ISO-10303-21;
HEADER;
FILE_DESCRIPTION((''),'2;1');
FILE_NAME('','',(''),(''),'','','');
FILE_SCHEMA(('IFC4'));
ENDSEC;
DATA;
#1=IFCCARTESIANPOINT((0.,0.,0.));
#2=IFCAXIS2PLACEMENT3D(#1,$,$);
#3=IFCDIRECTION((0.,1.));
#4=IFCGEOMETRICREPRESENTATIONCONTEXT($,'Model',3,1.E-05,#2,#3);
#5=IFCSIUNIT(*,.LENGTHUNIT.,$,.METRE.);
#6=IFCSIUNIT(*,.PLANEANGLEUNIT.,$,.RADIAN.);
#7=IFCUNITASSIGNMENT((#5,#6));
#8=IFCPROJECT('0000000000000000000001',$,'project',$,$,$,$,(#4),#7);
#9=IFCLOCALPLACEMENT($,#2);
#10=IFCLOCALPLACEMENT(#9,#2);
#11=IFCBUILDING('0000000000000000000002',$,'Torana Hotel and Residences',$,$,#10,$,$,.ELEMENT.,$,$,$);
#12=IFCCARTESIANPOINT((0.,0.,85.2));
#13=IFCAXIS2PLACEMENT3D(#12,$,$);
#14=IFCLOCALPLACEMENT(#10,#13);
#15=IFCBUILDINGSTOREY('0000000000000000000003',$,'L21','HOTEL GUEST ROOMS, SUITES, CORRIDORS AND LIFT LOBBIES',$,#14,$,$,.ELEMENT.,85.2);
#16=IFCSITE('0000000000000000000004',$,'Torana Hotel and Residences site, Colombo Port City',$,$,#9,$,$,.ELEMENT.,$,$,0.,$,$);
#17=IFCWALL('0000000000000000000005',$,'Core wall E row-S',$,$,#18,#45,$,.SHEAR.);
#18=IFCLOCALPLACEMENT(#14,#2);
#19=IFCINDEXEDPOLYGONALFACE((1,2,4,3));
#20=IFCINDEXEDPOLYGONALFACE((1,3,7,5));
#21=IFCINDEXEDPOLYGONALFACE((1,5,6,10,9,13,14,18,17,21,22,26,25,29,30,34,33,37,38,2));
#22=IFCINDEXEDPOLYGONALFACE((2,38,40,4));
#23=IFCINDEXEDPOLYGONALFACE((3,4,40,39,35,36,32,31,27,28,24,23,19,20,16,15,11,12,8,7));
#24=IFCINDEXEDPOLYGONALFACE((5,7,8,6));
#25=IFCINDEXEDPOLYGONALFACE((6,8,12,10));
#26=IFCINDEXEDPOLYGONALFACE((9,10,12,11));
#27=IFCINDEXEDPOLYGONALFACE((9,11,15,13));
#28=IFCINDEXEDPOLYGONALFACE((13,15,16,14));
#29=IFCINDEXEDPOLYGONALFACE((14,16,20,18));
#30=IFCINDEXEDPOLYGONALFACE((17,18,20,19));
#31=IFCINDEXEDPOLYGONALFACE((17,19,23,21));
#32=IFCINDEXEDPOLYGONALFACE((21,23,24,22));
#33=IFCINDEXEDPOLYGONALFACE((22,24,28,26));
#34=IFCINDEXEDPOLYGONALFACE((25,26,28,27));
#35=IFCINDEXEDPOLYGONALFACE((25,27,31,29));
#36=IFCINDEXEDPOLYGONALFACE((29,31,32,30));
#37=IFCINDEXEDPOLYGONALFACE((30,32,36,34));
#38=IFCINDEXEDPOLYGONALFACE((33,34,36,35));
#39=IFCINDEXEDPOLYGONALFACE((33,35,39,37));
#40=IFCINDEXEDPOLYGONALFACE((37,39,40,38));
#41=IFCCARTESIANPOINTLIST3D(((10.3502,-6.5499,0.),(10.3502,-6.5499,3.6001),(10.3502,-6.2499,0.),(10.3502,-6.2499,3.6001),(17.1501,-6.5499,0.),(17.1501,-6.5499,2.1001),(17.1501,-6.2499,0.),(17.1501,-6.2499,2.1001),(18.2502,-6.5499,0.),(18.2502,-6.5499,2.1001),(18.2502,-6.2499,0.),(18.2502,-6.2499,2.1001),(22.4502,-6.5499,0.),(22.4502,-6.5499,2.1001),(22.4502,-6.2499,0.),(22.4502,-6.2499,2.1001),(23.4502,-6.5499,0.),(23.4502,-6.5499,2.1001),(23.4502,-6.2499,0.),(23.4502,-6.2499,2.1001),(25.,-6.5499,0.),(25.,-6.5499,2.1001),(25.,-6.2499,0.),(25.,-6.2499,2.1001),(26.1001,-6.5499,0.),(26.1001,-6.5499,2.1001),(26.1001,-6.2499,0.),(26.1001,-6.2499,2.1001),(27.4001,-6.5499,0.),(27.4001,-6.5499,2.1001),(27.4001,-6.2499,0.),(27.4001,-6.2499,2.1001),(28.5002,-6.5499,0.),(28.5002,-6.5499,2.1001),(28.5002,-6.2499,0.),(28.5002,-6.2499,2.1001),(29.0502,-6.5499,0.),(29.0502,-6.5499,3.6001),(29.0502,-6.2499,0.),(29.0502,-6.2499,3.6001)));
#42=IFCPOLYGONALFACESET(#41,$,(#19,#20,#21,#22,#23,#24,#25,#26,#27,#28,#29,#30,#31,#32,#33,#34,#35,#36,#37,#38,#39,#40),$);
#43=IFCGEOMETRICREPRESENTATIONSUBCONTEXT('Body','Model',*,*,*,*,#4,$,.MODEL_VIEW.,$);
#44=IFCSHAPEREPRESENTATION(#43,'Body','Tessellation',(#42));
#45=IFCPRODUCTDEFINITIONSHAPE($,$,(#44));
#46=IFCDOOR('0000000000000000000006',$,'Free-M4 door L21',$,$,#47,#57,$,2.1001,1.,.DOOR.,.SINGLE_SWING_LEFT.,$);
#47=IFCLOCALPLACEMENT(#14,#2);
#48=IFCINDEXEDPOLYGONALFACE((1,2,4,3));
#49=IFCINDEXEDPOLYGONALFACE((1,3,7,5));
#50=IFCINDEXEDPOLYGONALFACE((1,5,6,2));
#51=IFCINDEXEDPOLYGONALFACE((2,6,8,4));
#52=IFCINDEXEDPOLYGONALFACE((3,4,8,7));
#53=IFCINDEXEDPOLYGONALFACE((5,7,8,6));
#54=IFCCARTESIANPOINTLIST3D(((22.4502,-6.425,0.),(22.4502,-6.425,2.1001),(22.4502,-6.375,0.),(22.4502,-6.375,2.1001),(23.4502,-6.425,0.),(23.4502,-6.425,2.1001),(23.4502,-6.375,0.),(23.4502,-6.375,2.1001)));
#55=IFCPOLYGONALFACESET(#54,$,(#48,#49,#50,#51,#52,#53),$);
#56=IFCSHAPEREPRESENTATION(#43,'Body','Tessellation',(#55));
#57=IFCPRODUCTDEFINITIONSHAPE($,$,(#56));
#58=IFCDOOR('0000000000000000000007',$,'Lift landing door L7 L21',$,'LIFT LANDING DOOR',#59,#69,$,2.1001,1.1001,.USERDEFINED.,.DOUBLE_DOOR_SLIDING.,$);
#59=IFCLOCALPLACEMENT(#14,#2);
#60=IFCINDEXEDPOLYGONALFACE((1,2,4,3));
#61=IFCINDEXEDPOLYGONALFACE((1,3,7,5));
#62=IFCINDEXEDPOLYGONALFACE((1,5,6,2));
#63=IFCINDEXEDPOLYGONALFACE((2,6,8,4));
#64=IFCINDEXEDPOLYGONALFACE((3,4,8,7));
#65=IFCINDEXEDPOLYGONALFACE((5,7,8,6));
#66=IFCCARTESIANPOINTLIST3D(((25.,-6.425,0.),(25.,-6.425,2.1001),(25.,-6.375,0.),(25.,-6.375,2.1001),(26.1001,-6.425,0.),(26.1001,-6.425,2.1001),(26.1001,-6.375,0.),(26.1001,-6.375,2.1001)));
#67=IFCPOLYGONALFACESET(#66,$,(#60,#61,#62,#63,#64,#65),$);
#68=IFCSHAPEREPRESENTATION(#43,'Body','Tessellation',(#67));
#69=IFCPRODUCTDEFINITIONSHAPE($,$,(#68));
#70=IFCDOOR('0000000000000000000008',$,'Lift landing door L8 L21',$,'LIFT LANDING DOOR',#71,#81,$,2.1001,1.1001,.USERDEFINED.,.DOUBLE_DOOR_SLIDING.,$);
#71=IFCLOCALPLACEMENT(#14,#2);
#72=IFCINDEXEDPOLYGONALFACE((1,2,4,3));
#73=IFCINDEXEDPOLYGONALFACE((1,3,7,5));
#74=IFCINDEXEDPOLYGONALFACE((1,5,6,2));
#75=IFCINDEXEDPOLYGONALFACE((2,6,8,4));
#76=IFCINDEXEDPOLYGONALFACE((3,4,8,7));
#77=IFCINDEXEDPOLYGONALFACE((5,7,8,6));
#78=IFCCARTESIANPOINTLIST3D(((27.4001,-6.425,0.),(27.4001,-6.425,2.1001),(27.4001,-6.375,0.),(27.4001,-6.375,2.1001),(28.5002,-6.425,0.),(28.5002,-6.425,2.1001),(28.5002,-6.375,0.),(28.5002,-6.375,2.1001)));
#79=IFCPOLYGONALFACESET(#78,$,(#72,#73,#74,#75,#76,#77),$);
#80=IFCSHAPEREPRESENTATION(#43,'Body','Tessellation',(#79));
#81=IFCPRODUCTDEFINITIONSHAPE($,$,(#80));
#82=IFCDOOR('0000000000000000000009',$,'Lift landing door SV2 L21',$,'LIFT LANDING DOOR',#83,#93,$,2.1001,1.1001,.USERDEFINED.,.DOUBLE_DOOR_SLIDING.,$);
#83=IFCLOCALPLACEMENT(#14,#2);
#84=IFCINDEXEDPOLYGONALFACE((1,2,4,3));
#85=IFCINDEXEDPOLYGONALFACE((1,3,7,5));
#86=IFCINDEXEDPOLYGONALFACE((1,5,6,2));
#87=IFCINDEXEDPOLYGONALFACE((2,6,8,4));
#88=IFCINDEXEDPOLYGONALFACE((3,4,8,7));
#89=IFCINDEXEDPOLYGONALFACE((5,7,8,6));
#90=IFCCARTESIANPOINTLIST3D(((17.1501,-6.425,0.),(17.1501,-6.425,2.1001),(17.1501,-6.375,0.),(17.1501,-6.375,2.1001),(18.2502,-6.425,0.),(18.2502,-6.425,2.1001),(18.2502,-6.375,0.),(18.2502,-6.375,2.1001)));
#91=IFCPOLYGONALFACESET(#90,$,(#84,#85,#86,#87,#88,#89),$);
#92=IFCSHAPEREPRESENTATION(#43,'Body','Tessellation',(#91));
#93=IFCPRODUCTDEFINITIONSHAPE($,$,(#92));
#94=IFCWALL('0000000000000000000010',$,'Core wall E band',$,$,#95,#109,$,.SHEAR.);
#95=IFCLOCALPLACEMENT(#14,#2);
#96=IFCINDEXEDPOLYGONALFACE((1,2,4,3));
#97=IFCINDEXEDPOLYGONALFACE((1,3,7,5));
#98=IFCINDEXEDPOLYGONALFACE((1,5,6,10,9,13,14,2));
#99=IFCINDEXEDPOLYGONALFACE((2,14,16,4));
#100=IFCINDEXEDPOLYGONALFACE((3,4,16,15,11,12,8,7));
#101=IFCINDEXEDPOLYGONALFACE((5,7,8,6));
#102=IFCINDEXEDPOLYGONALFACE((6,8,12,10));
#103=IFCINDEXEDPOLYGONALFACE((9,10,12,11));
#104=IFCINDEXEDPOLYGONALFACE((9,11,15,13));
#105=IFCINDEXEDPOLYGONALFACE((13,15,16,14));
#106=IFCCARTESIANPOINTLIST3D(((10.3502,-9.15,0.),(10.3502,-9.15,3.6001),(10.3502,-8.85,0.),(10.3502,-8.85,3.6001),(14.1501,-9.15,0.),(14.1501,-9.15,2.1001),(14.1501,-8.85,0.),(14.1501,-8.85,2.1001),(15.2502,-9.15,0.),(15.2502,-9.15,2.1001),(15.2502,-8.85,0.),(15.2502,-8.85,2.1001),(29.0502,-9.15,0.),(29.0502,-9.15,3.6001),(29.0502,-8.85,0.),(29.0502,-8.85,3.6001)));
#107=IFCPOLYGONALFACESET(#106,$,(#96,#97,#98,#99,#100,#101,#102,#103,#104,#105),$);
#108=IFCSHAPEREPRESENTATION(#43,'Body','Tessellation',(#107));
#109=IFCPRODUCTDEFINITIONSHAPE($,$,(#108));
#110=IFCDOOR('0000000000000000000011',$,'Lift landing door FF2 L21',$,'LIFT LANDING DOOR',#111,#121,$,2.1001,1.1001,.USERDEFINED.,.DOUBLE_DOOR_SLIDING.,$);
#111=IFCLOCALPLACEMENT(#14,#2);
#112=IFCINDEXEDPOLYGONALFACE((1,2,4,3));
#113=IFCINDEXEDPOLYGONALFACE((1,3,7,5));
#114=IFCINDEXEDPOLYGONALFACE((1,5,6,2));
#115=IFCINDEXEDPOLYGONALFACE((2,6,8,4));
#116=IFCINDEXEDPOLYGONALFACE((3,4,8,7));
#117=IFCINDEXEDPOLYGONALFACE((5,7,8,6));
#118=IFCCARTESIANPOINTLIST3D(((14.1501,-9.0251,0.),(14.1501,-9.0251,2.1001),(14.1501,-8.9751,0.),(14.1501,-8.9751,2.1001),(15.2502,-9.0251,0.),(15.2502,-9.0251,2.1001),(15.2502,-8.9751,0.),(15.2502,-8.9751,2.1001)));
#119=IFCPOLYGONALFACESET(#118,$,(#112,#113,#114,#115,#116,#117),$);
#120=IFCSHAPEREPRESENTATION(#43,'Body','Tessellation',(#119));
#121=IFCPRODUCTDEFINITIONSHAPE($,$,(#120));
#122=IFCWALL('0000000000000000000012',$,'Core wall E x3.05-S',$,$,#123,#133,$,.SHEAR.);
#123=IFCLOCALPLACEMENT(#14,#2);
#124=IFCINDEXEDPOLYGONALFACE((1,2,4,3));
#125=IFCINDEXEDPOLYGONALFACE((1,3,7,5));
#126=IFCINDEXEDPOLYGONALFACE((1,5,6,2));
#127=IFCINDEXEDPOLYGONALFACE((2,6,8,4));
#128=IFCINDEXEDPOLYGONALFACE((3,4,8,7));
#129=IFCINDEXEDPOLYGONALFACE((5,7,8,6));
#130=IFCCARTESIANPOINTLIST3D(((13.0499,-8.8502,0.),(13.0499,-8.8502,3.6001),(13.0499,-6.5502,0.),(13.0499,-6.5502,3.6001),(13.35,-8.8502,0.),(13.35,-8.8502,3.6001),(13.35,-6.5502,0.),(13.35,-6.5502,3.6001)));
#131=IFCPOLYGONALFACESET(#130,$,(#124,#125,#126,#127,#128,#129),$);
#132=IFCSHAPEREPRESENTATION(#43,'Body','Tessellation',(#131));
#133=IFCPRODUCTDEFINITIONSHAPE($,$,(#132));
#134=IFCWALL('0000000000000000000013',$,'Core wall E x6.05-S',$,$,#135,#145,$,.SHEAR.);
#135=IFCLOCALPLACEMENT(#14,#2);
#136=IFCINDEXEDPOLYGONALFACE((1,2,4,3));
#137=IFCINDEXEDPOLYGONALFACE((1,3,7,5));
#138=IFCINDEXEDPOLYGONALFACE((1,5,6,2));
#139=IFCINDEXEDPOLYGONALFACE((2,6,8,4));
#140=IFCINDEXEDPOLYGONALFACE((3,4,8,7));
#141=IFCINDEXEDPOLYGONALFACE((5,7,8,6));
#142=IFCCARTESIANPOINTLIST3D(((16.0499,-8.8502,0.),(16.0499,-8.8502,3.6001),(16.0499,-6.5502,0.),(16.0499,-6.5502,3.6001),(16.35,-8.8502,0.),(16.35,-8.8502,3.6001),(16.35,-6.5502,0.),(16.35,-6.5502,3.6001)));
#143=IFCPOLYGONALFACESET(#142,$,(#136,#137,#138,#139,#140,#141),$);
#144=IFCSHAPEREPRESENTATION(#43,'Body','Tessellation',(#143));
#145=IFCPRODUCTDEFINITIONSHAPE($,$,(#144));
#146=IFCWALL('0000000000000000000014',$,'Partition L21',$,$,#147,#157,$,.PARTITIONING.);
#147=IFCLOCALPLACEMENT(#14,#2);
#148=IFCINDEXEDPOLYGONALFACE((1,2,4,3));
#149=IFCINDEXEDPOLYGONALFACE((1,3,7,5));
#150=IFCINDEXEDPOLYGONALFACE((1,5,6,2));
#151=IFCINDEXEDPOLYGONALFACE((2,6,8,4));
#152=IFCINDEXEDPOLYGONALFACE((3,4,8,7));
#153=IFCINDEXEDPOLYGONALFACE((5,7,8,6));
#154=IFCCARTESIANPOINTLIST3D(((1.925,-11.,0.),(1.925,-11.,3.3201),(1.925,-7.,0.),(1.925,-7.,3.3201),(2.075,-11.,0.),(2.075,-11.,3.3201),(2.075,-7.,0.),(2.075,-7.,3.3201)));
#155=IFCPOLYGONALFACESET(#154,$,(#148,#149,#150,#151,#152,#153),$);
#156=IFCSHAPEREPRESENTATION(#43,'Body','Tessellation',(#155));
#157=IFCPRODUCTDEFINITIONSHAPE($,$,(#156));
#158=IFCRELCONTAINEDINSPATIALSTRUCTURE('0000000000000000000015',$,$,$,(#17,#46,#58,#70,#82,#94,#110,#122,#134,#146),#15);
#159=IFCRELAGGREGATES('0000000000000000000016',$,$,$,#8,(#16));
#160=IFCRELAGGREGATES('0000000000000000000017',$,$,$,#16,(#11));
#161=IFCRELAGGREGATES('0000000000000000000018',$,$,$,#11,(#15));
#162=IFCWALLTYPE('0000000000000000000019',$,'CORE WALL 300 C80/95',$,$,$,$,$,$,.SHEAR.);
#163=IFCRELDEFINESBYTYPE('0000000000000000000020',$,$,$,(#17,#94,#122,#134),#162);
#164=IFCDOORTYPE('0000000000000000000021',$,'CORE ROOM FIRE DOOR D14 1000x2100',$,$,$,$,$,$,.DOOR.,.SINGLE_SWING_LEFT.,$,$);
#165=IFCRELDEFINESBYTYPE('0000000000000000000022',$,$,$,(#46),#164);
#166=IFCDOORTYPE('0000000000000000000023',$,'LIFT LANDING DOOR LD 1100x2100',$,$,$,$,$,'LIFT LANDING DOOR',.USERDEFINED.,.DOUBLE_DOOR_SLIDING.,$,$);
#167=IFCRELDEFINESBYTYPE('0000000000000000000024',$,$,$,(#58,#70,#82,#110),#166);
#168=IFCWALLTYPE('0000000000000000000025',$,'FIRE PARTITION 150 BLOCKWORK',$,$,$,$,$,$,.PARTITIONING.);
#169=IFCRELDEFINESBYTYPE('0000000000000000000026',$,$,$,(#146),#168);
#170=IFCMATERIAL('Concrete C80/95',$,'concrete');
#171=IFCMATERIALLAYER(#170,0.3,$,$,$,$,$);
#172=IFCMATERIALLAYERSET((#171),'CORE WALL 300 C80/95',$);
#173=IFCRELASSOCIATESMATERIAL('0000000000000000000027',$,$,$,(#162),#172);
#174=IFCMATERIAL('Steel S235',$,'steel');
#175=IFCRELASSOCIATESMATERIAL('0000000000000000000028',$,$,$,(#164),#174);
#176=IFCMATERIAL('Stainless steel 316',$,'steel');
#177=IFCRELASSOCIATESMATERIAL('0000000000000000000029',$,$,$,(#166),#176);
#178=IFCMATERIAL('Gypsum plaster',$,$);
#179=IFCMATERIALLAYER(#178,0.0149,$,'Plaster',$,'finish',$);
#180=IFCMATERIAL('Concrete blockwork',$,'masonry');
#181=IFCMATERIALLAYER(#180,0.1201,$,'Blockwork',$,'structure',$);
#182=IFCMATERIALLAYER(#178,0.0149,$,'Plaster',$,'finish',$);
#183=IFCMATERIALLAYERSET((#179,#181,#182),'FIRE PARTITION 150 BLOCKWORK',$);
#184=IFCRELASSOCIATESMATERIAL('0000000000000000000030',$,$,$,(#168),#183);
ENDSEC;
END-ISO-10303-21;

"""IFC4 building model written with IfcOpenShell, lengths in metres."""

from ifc_helpers import new_model, si_unit, direction, frame, frame_2d, origin, place, context, subcontext, project, spatial, rectangle, extrude, material, layer, layer_set, type_object, element, fill, save


model = new_model("IFC4")

# Units and contexts
model_context = context("Model", 3, precision=1e-05, world=origin(), true_north=direction((0.0, 1.0)))
body_context = subcontext(model_context, "Body", "Model", "MODEL_VIEW")
ifc_project = project(units=[si_unit("LENGTHUNIT", "METRE"), si_unit("PLANEANGLEUNIT", "RADIAN")], contexts=[model_context])

# Site, building, storey
site_placement = place(None, origin())
site = spatial("IfcSite", under=ifc_project, at=site_placement, Name="Torana Hotel and Residences site, Colombo Port City", CompositionType="ELEMENT", RefElevation=0.0)
building_placement = place(site_placement, origin())
building = spatial("IfcBuilding", under=site, at=building_placement, Name="Torana Hotel and Residences", CompositionType="ELEMENT")
storey_placement = place(building_placement, frame((0.0, 0.0, 85.2)))
storey = spatial("IfcBuildingStorey", under=building, at=storey_placement, Name="L21", Description="HOTEL GUEST ROOMS, SUITES, CORRIDORS AND LIFT LOBBIES", CompositionType="ELEMENT", Elevation=85.2)

# Wall, openings, doors
ifc_material_1 = material(Name="Concrete C80/95", Category="concrete")
ifc_layer_1 = layer(ifc_material_1, 0.3)
ifc_layer_set_1 = layer_set([ifc_layer_1], Name="CORE WALL 300 C80/95")
wall_type_1 = type_object("IfcWallType", Name="CORE WALL 300 C80/95", PredefinedType="SHEAR", material=ifc_layer_set_1)
wall_1_placement = place(storey_placement, frame((10.3501, -6.3999, 0.0), z_axis=(0.0, 0.0, 1.0), x_axis=(1.0, 0.0, 0.0)))
wall_1 = element("IfcWall", 1, at=wall_1_placement, inside=storey, type_object=wall_type_1, Name="Core wall E row-S", PredefinedType="SHEAR", context=body_context, shape_type="SweptSolid", body=[
    extrude(rectangle(XDim=18.7, YDim=0.3, at=frame_2d((9.3501, 0.0))), origin(), (0.0, 0.0, 1.0), 3.6001),
])
opening_1_placement = place(wall_1_placement, frame((14.6499, 0.0, 0.0)))
opening_1 = element("IfcOpeningElement", 2, at=opening_1_placement, cuts=wall_1, PredefinedType="OPENING", context=body_context, shape_type="SweptSolid", body=[
    extrude(rectangle(XDim=1.1001, YDim=2.1001, at=frame_2d((0.55, 1.05))), frame((0.0, 0.1599, 0.0), z_axis=(0.0, -1.0, 0.0), x_axis=(1.0, 0.0, 0.0)), (0.0, 0.0, 1.0), 0.3201),
])
opening_2_placement = place(wall_1_placement, frame((17.05, 0.0, 0.0)))
opening_2 = element("IfcOpeningElement", 3, at=opening_2_placement, cuts=wall_1, PredefinedType="OPENING", context=body_context, shape_type="SweptSolid", body=[
    extrude(rectangle(XDim=1.1001, YDim=2.1001, at=frame_2d((0.55, 1.05))), frame((0.0, 0.1599, 0.0), z_axis=(0.0, -1.0, 0.0), x_axis=(1.0, 0.0, 0.0)), (0.0, 0.0, 1.0), 0.3201),
])
opening_3_placement = place(wall_1_placement, frame((6.8, 0.0, 0.0)))
opening_3 = element("IfcOpeningElement", 4, at=opening_3_placement, cuts=wall_1, PredefinedType="OPENING", context=body_context, shape_type="SweptSolid", body=[
    extrude(rectangle(XDim=1.1001, YDim=2.1001, at=frame_2d((0.55, 1.05))), frame((0.0, 0.1599, 0.0), z_axis=(0.0, -1.0, 0.0), x_axis=(1.0, 0.0, 0.0)), (0.0, 0.0, 1.0), 0.3201),
])
opening_4_placement = place(wall_1_placement, frame((12.1001, 0.0, 0.0)))
opening_4 = element("IfcOpeningElement", 5, at=opening_4_placement, cuts=wall_1, PredefinedType="OPENING", context=body_context, shape_type="SweptSolid", body=[
    extrude(rectangle(XDim=1.0, YDim=2.1001, at=frame_2d((0.5, 1.05))), frame((0.0, 0.1599, 0.0), z_axis=(0.0, -1.0, 0.0), x_axis=(1.0, 0.0, 0.0)), (0.0, 0.0, 1.0), 0.3201),
])
ifc_material_2 = material(Name="Steel S235", Category="steel")
door_type_1 = type_object("IfcDoorType", Name="CORE ROOM FIRE DOOR D14 1000x2100", OperationType="SINGLE_SWING_LEFT", PredefinedType="DOOR", material=ifc_material_2)
door_1_placement = place(opening_4_placement, frame((0.5, 0.0, 0.0), z_axis=(0.0, 0.0, 1.0), x_axis=(-1.0, 0.0, 0.0)))
door_1 = element("IfcDoor", 6, at=door_1_placement, inside=storey, type_object=door_type_1, Name="Free-M4 door L21", OperationType="SINGLE_SWING_LEFT", OverallHeight=2.1001, OverallWidth=1.0, PredefinedType="DOOR", context=body_context, shape_type="SweptSolid", body=[
    extrude(rectangle(XDim=1.0, YDim=2.1001, at=frame_2d((0.0, 1.05))), frame((0.0, -0.0249, 0.0), z_axis=(0.0, 1.0, 0.0), x_axis=(-1.0, 0.0, 0.0)), (0.0, 0.0, 1.0), 0.05),
])
fill(opening_4, door_1)
ifc_material_3 = material(Name="Stainless steel 316", Category="steel")
door_type_2 = type_object("IfcDoorType", Name="LIFT LANDING DOOR LD 1100x2100", ElementType="LIFT LANDING DOOR", OperationType="DOUBLE_DOOR_SLIDING", PredefinedType="USERDEFINED", material=ifc_material_3)
door_2_placement = place(opening_1_placement, origin())
door_2 = element("IfcDoor", 7, at=door_2_placement, inside=storey, type_object=door_type_2, Name="Lift landing door L7 L21", ObjectType="LIFT LANDING DOOR", OperationType="DOUBLE_DOOR_SLIDING", OverallHeight=2.1001, OverallWidth=1.1001, PredefinedType="USERDEFINED", context=body_context, shape_type="SweptSolid", body=[
    extrude(rectangle(XDim=1.1001, YDim=2.1001, at=frame_2d((0.55, 1.05))), frame((0.0, 0.0249, 0.0), z_axis=(0.0, -1.0, 0.0), x_axis=(1.0, 0.0, 0.0)), (0.0, 0.0, 1.0), 0.05),
])
fill(opening_1, door_2)
door_3_placement = place(opening_2_placement, origin())
door_3 = element("IfcDoor", 8, at=door_3_placement, inside=storey, type_object=door_type_2, Name="Lift landing door L8 L21", ObjectType="LIFT LANDING DOOR", OperationType="DOUBLE_DOOR_SLIDING", OverallHeight=2.1001, OverallWidth=1.1001, PredefinedType="USERDEFINED", context=body_context, shape_type="SweptSolid", body=[
    extrude(rectangle(XDim=1.1001, YDim=2.1001, at=frame_2d((0.55, 1.05))), frame((0.0, 0.0249, 0.0), z_axis=(0.0, -1.0, 0.0), x_axis=(1.0, 0.0, 0.0)), (0.0, 0.0, 1.0), 0.05),
])
fill(opening_2, door_3)
door_4_placement = place(opening_3_placement, origin())
door_4 = element("IfcDoor", 9, at=door_4_placement, inside=storey, type_object=door_type_2, Name="Lift landing door SV2 L21", ObjectType="LIFT LANDING DOOR", OperationType="DOUBLE_DOOR_SLIDING", OverallHeight=2.1001, OverallWidth=1.1001, PredefinedType="USERDEFINED", context=body_context, shape_type="SweptSolid", body=[
    extrude(rectangle(XDim=1.1001, YDim=2.1001, at=frame_2d((0.55, 1.05))), frame((0.0, 0.0249, 0.0), z_axis=(0.0, -1.0, 0.0), x_axis=(1.0, 0.0, 0.0)), (0.0, 0.0, 1.0), 0.05),
])
fill(opening_3, door_4)

# Wall, opening, door
wall_2_placement = place(storey_placement, frame((10.3501, -9.0, 0.0), z_axis=(0.0, 0.0, 1.0), x_axis=(1.0, 0.0, 0.0)))
wall_2 = element("IfcWall", 10, at=wall_2_placement, inside=storey, type_object=wall_type_1, Name="Core wall E band", PredefinedType="SHEAR", context=body_context, shape_type="SweptSolid", body=[
    extrude(rectangle(XDim=18.7, YDim=0.3, at=frame_2d((9.3501, 0.0))), origin(), (0.0, 0.0, 1.0), 3.6001),
])
opening_5_placement = place(wall_2_placement, frame((3.8, 0.0, 0.0)))
opening_5 = element("IfcOpeningElement", 11, at=opening_5_placement, cuts=wall_2, PredefinedType="OPENING", context=body_context, shape_type="SweptSolid", body=[
    extrude(rectangle(XDim=1.1001, YDim=2.1001, at=frame_2d((0.55, 1.05))), frame((0.0, 0.1599, 0.0), z_axis=(0.0, -1.0, 0.0), x_axis=(1.0, 0.0, 0.0)), (0.0, 0.0, 1.0), 0.3201),
])
door_5_placement = place(opening_5_placement, origin())
door_5 = element("IfcDoor", 12, at=door_5_placement, inside=storey, type_object=door_type_2, Name="Lift landing door FF2 L21", ObjectType="LIFT LANDING DOOR", OperationType="DOUBLE_DOOR_SLIDING", OverallHeight=2.1001, OverallWidth=1.1001, PredefinedType="USERDEFINED", context=body_context, shape_type="SweptSolid", body=[
    extrude(rectangle(XDim=1.1001, YDim=2.1001, at=frame_2d((0.55, 1.05))), frame((0.0, 0.0249, 0.0), z_axis=(0.0, -1.0, 0.0), x_axis=(1.0, 0.0, 0.0)), (0.0, 0.0, 1.0), 0.05),
])
fill(opening_5, door_5)

# Walls
for number, where, z_axis, x_axis, name in (
    (13, (13.2, -8.8501, 0.0), (0.0, 0.0, 1.0), (0.0, 1.0, 0.0), "Core wall E x3.05-S"),
    (14, (16.2, -8.8501, 0.0), (0.0, 0.0, 1.0), (0.0, 1.0, 0.0), "Core wall E x6.05-S"),
):
    element("IfcWall", number, at=place(storey_placement, frame(where, z_axis=z_axis, x_axis=x_axis)), inside=storey, type_object=wall_type_1, Name=name, PredefinedType="SHEAR", context=body_context, shape_type="SweptSolid", body=[
        extrude(rectangle(XDim=2.3, YDim=0.3, at=frame_2d((1.1499, 0.0))), origin(), (0.0, 0.0, 1.0), 3.6001),
    ])
ifc_material_4 = material(Name="Gypsum plaster")
ifc_layer_2 = layer(ifc_material_4, 0.0149, Name="Plaster", Category="finish")
ifc_material_5 = material(Name="Concrete blockwork", Category="masonry")
ifc_layer_3 = layer(ifc_material_5, 0.1201, Name="Blockwork", Category="structure")
ifc_layer_4 = layer(ifc_material_4, 0.0149, Name="Plaster", Category="finish")
ifc_layer_set_2 = layer_set([ifc_layer_2, ifc_layer_3, ifc_layer_4], Name="FIRE PARTITION 150 BLOCKWORK")
wall_type_2 = type_object("IfcWallType", Name="FIRE PARTITION 150 BLOCKWORK", PredefinedType="PARTITIONING", material=ifc_layer_set_2)
wall_3_placement = place(storey_placement, frame((2.0, -11.0, 0.0), z_axis=(0.0, 0.0, 1.0), x_axis=(0.0, 1.0, 0.0)))
element("IfcWall", 15, at=wall_3_placement, inside=storey, type_object=wall_type_2, Name="Partition L21", PredefinedType="PARTITIONING", context=body_context, shape_type="SweptSolid", body=[
    extrude(rectangle(XDim=4.0, YDim=0.1499, at=frame_2d((2.0, 0.0))), origin(), (0.0, 0.0, 1.0), 3.3201),
])

save(model, "model.ifc")
